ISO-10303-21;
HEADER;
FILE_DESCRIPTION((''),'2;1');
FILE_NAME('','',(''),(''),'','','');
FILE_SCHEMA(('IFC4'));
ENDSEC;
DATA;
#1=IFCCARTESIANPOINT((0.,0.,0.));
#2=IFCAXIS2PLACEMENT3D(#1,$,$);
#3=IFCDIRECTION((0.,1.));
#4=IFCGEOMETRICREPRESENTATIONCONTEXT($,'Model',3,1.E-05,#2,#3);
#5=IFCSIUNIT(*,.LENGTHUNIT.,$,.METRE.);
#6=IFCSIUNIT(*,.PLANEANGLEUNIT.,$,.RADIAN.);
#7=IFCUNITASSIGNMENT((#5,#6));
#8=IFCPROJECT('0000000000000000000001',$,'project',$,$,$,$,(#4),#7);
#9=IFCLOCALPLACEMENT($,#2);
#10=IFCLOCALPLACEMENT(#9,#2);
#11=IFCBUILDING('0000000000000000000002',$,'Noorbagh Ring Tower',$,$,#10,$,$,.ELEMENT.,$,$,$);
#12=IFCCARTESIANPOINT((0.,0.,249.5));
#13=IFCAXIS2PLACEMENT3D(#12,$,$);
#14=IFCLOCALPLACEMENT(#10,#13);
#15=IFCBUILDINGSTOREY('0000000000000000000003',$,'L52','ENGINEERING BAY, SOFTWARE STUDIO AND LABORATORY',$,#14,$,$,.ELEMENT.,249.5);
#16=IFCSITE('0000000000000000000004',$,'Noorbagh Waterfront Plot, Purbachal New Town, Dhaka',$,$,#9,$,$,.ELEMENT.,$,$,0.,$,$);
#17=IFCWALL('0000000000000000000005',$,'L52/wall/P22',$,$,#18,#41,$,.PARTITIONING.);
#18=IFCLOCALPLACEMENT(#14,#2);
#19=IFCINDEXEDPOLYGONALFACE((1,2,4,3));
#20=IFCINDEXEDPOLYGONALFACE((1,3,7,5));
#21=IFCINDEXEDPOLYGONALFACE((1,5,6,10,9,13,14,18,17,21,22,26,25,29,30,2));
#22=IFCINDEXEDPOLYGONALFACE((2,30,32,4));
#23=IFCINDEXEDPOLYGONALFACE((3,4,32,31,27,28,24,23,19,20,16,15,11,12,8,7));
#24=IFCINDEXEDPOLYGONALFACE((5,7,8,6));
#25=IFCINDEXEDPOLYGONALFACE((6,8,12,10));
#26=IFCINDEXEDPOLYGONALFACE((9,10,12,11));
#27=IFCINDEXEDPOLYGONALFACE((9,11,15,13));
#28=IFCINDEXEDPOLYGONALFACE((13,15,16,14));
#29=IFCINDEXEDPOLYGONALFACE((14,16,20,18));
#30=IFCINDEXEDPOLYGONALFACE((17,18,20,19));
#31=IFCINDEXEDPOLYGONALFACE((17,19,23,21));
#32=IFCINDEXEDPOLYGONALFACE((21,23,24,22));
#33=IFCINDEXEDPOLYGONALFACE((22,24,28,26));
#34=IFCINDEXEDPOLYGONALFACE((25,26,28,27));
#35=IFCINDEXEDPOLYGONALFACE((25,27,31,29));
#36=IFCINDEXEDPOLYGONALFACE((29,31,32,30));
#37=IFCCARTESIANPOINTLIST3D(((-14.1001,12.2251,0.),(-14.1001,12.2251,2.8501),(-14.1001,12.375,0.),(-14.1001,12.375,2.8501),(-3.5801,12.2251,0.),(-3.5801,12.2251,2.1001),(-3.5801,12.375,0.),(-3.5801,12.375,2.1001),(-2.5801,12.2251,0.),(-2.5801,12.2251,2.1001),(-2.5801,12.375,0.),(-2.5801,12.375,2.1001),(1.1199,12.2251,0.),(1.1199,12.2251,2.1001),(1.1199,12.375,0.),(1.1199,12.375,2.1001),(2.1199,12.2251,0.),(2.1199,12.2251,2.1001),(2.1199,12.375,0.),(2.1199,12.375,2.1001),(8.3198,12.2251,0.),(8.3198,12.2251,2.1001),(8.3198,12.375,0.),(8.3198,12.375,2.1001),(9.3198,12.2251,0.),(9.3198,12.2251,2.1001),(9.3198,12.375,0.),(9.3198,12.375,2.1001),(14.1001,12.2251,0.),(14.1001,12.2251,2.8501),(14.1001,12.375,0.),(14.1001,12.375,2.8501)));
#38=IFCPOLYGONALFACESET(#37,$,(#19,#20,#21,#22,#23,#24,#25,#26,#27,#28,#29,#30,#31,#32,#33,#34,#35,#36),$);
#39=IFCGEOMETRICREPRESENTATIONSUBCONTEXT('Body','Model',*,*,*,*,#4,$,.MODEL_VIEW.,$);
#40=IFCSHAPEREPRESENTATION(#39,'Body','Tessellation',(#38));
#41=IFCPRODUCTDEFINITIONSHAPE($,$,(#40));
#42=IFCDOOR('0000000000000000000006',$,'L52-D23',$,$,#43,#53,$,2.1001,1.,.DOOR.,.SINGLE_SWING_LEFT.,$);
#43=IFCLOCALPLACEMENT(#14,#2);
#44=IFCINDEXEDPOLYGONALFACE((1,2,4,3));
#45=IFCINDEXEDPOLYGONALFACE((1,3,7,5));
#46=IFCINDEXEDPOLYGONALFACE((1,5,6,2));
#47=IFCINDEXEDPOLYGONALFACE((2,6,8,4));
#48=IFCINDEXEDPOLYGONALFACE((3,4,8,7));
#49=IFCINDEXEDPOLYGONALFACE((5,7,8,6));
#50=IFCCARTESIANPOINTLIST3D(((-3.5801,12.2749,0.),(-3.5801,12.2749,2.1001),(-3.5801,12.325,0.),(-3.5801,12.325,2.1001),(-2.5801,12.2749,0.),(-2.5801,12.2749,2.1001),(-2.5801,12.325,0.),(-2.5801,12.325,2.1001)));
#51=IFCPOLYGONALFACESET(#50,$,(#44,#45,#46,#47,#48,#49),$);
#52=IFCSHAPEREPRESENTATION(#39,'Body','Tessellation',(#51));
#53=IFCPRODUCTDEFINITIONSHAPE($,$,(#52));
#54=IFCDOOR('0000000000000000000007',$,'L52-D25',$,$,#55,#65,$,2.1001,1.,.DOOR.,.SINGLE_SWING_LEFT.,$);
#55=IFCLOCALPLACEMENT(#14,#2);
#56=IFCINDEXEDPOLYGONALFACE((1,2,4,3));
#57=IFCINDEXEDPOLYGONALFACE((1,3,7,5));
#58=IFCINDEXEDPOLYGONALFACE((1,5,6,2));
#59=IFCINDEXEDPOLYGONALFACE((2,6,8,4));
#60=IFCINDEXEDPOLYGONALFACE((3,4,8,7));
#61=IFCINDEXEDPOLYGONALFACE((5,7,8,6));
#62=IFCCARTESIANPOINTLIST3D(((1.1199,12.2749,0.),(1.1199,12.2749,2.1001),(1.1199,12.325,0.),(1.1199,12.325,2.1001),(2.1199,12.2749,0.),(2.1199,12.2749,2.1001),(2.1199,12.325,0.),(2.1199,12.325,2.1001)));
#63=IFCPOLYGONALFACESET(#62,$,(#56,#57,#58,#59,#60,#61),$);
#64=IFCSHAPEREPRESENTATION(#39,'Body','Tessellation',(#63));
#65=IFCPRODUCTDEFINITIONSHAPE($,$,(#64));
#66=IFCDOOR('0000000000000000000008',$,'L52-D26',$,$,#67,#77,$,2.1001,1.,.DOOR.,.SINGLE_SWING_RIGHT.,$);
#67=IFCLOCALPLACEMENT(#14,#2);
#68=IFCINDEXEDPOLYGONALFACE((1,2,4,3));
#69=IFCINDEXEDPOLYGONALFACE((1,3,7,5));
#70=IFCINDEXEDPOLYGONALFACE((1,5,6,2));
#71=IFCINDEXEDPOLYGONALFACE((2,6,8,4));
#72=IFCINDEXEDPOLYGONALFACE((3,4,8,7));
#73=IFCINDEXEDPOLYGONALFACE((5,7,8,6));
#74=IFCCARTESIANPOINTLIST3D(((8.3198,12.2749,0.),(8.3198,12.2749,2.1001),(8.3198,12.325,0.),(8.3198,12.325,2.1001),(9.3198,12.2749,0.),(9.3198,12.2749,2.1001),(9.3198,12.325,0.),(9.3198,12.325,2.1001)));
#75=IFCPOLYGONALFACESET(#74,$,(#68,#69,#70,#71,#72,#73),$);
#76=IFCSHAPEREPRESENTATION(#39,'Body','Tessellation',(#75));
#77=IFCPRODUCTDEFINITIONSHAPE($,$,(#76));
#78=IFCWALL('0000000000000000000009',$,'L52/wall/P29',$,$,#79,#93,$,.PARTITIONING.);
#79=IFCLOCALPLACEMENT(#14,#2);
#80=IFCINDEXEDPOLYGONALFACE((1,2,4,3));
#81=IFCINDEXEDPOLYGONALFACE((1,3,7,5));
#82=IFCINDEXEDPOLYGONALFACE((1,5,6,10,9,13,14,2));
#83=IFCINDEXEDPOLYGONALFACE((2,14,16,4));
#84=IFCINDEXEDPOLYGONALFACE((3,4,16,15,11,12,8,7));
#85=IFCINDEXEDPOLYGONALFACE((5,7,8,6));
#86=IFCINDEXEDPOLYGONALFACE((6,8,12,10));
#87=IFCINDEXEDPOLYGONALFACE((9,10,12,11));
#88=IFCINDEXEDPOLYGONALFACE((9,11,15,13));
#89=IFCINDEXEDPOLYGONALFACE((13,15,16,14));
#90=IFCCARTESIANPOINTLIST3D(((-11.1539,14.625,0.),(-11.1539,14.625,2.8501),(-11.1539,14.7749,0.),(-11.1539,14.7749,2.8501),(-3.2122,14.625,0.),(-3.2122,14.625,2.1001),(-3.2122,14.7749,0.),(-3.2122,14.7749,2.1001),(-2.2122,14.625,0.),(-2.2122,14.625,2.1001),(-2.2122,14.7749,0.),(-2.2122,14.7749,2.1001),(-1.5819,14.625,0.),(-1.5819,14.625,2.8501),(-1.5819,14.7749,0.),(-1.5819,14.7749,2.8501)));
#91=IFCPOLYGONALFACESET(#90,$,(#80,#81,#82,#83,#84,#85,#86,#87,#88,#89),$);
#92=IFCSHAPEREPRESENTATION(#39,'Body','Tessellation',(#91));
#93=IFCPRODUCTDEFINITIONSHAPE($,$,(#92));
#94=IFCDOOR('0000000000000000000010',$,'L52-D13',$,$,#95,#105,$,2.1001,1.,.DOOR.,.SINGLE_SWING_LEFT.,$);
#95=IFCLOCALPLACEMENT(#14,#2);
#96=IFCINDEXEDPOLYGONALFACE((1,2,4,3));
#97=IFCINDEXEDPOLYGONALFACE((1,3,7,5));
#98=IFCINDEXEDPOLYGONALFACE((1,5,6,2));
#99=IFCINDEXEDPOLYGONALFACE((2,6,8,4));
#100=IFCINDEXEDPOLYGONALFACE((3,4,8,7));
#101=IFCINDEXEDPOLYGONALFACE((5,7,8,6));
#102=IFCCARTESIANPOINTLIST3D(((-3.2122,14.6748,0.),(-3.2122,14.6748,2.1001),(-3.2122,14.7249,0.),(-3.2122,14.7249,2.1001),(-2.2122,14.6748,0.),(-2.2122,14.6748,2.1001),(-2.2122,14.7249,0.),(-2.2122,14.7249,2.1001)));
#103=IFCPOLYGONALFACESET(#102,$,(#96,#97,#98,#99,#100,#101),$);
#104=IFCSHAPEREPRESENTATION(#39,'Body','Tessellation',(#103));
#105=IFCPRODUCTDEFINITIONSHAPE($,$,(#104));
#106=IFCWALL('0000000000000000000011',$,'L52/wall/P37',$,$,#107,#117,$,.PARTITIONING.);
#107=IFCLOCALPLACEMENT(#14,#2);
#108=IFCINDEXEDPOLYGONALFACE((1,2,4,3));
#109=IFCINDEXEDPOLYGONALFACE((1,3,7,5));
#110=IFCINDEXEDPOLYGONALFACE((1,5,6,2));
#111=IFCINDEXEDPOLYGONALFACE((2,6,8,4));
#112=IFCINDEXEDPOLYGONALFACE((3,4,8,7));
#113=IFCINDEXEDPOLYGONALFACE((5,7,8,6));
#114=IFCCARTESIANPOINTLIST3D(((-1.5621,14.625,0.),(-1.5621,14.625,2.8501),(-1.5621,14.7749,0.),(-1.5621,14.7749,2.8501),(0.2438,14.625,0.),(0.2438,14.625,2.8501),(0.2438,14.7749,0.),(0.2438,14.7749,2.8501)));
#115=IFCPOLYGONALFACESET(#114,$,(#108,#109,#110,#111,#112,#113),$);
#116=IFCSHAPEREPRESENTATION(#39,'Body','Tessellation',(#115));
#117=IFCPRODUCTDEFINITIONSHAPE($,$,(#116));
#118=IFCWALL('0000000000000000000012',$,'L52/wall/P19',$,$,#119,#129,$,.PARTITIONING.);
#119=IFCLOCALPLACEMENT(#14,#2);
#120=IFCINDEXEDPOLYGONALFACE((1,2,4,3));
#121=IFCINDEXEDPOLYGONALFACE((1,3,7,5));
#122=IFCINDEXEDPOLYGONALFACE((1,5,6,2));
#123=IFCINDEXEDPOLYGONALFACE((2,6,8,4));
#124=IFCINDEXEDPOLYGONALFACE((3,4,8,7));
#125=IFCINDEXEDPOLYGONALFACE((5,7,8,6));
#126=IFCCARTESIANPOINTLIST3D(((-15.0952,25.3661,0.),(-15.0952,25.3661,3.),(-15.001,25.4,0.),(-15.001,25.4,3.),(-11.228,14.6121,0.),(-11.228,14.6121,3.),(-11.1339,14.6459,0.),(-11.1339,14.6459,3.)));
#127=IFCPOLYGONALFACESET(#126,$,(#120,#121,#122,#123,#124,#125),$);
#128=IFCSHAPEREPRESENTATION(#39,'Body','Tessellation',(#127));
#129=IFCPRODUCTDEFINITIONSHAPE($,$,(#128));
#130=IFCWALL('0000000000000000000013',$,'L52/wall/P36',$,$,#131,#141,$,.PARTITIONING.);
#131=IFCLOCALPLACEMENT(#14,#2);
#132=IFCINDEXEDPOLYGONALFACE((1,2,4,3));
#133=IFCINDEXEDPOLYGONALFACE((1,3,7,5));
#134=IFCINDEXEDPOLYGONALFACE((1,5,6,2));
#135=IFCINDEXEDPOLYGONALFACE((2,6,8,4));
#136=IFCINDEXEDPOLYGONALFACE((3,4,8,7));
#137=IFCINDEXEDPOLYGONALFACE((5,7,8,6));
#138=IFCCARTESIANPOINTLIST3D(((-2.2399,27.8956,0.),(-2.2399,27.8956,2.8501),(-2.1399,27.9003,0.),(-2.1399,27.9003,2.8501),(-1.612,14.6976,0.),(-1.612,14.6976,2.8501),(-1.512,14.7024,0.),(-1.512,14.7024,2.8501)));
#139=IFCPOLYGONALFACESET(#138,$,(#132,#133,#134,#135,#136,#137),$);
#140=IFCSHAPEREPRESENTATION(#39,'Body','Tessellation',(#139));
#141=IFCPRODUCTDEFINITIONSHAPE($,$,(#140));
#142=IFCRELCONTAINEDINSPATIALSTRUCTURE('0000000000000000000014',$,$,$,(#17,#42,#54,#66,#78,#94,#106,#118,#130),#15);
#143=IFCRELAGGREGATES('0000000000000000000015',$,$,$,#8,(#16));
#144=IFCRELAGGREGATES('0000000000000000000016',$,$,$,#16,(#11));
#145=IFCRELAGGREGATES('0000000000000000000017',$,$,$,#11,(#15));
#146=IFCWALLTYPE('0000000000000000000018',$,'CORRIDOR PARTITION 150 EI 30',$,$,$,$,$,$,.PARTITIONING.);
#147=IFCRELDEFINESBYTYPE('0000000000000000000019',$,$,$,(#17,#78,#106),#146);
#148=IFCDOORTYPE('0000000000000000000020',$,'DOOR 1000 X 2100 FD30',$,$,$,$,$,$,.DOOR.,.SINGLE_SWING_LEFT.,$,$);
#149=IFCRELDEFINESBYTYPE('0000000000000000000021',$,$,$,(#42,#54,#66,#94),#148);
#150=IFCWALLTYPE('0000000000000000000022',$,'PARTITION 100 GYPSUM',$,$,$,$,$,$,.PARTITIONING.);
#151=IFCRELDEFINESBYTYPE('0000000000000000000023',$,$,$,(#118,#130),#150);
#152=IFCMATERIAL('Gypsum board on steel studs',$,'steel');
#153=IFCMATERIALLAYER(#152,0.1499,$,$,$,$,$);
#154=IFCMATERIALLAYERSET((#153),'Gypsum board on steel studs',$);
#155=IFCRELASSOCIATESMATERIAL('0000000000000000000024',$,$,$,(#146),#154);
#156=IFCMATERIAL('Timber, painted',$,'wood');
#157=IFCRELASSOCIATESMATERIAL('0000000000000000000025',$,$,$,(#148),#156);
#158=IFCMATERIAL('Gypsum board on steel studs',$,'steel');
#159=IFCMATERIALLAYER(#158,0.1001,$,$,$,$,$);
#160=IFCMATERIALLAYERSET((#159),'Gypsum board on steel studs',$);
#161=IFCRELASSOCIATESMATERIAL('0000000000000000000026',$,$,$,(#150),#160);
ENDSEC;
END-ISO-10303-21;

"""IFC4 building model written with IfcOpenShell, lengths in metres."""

from ifc_helpers import new_model, si_unit, direction, frame, frame_2d, origin, place, context, subcontext, project, spatial, rectangle, extrude, material, layer, layer_set, type_object, element, fill, save


model = new_model("IFC4")

# Units and contexts
model_context = context("Model", 3, precision=1e-05, world=origin(), true_north=direction((0.0, 1.0)))
body_context = subcontext(model_context, "Body", "Model", "MODEL_VIEW")
ifc_project = project(units=[si_unit("LENGTHUNIT", "METRE"), si_unit("PLANEANGLEUNIT", "RADIAN")], contexts=[model_context])

# Site, building, storey
site_placement = place(None, origin())
site = spatial("IfcSite", under=ifc_project, at=site_placement, Name="Noorbagh Waterfront Plot, Purbachal New Town, Dhaka", CompositionType="ELEMENT", RefElevation=0.0)
building_placement = place(site_placement, origin())
building = spatial("IfcBuilding", under=site, at=building_placement, Name="Noorbagh Ring Tower", CompositionType="ELEMENT")
storey_placement = place(building_placement, frame((0.0, 0.0, 249.5)))
storey = spatial("IfcBuildingStorey", under=building, at=storey_placement, Name="L52", Description="ENGINEERING BAY, SOFTWARE STUDIO AND LABORATORY", CompositionType="ELEMENT", Elevation=249.5)

# Shared definitions
ifc_material_1 = material(Name="Gypsum board on steel studs", Category="steel")
ifc_layer_1 = layer(ifc_material_1, 0.1499)
ifc_layer_set_1 = layer_set([ifc_layer_1], Name="Gypsum board on steel studs")
wall_type_1 = type_object("IfcWallType", Name="CORRIDOR PARTITION 150 EI 30", PredefinedType="PARTITIONING", material=ifc_layer_set_1)

# Wall, openings, doors
wall_1_placement = place(storey_placement, frame((-14.1001, 12.3, 0.0), z_axis=(0.0, 0.0, 1.0), x_axis=(1.0, 0.0, 0.0)))
wall_1 = element("IfcWall", 1, at=wall_1_placement, inside=storey, type_object=wall_type_1, Name="L52/wall/P22", PredefinedType="PARTITIONING", context=body_context, shape_type="SweptSolid", body=[
    extrude(rectangle(XDim=28.2002, YDim=0.1499, at=frame_2d((14.1001, 0.0))), origin(), (0.0, 0.0, 1.0), 2.8501),
])
opening_1_placement = place(wall_1_placement, frame((10.52, 0.0, 0.0)))
opening_1 = element("IfcOpeningElement", 2, at=opening_1_placement, cuts=wall_1, PredefinedType="OPENING", context=body_context, shape_type="SweptSolid", body=[
    extrude(rectangle(XDim=1.0, YDim=2.1001, at=frame_2d((0.5, 1.05))), frame((0.0, 0.085, 0.0), z_axis=(0.0, -1.0, 0.0), x_axis=(1.0, 0.0, 0.0)), (0.0, 0.0, 1.0), 0.1699),
])
opening_2_placement = place(wall_1_placement, frame((15.22, 0.0, 0.0)))
opening_2 = element("IfcOpeningElement", 3, at=opening_2_placement, cuts=wall_1, PredefinedType="OPENING", context=body_context, shape_type="SweptSolid", body=[
    extrude(rectangle(XDim=1.0, YDim=2.1001, at=frame_2d((0.5, 1.05))), frame((0.0, 0.085, 0.0), z_axis=(0.0, -1.0, 0.0), x_axis=(1.0, 0.0, 0.0)), (0.0, 0.0, 1.0), 0.1699),
])
opening_3_placement = place(wall_1_placement, frame((22.4199, 0.0, 0.0)))
opening_3 = element("IfcOpeningElement", 4, at=opening_3_placement, cuts=wall_1, PredefinedType="OPENING", context=body_context, shape_type="SweptSolid", body=[
    extrude(rectangle(XDim=1.0, YDim=2.1001, at=frame_2d((0.5, 1.05))), frame((0.0, 0.085, 0.0), z_axis=(0.0, -1.0, 0.0), x_axis=(1.0, 0.0, 0.0)), (0.0, 0.0, 1.0), 0.1699),
])
ifc_material_2 = material(Name="Timber, painted", Category="wood")
door_type = type_object("IfcDoorType", Name="DOOR 1000 X 2100 FD30", OperationType="SINGLE_SWING_LEFT", PredefinedType="DOOR", material=ifc_material_2)
door_1_placement = place(opening_1_placement, origin())
door_1 = element("IfcDoor", 5, at=door_1_placement, inside=storey, type_object=door_type, Name="L52-D23", OperationType="SINGLE_SWING_LEFT", OverallHeight=2.1001, OverallWidth=1.0, PredefinedType="DOOR", context=body_context, shape_type="SweptSolid", body=[
    extrude(rectangle(XDim=1.0, YDim=2.1001, at=frame_2d((0.5, 1.05))), frame((0.0, 0.0249, 0.0), z_axis=(0.0, -1.0, 0.0), x_axis=(1.0, 0.0, 0.0)), (0.0, 0.0, 1.0), 0.05),
])
fill(opening_1, door_1)
door_2_placement = place(opening_2_placement, origin())
door_2 = element("IfcDoor", 6, at=door_2_placement, inside=storey, type_object=door_type, Name="L52-D25", OperationType="SINGLE_SWING_LEFT", OverallHeight=2.1001, OverallWidth=1.0, PredefinedType="DOOR", context=body_context, shape_type="SweptSolid", body=[
    extrude(rectangle(XDim=1.0, YDim=2.1001, at=frame_2d((0.5, 1.05))), frame((0.0, 0.0249, 0.0), z_axis=(0.0, -1.0, 0.0), x_axis=(1.0, 0.0, 0.0)), (0.0, 0.0, 1.0), 0.05),
])
fill(opening_2, door_2)
door_3_placement = place(opening_3_placement, origin())
door_3 = element("IfcDoor", 7, at=door_3_placement, inside=storey, type_object=door_type, Name="L52-D26", OperationType="SINGLE_SWING_RIGHT", OverallHeight=2.1001, OverallWidth=1.0, PredefinedType="DOOR", context=body_context, shape_type="SweptSolid", body=[
    extrude(rectangle(XDim=1.0, YDim=2.1001, at=frame_2d((0.5, 1.05))), frame((0.0, 0.0249, 0.0), z_axis=(0.0, -1.0, 0.0), x_axis=(1.0, 0.0, 0.0)), (0.0, 0.0, 1.0), 0.05),
])
fill(opening_3, door_3)

# Wall, opening, door
wall_2_placement = place(storey_placement, frame((-11.1541, 14.7, 0.0), z_axis=(0.0, 0.0, 1.0), x_axis=(1.0, 0.0, 0.0)))
wall_2 = element("IfcWall", 8, at=wall_2_placement, inside=storey, type_object=wall_type_1, Name="L52/wall/P29", PredefinedType="PARTITIONING", context=body_context, shape_type="SweptSolid", body=[
    extrude(rectangle(XDim=9.572, YDim=0.1499, at=frame_2d((4.7861, 0.0))), origin(), (0.0, 0.0, 1.0), 2.8501),
])
opening_4_placement = place(wall_2_placement, frame((7.9419, 0.0, 0.0)))
opening_4 = element("IfcOpeningElement", 9, at=opening_4_placement, cuts=wall_2, PredefinedType="OPENING", context=body_context, shape_type="SweptSolid", body=[
    extrude(rectangle(XDim=1.0, YDim=2.1001, at=frame_2d((0.5, 1.05))), frame((0.0, 0.085, 0.0), z_axis=(0.0, -1.0, 0.0), x_axis=(1.0, 0.0, 0.0)), (0.0, 0.0, 1.0), 0.1699),
])
door_4_placement = place(opening_4_placement, origin())
door_4 = element("IfcDoor", 10, at=door_4_placement, inside=storey, type_object=door_type, Name="L52-D13", OperationType="SINGLE_SWING_LEFT", OverallHeight=2.1001, OverallWidth=1.0, PredefinedType="DOOR", context=body_context, shape_type="SweptSolid", body=[
    extrude(rectangle(XDim=1.0, YDim=2.1001, at=frame_2d((0.5, 1.05))), frame((0.0, 0.0249, 0.0), z_axis=(0.0, -1.0, 0.0), x_axis=(1.0, 0.0, 0.0)), (0.0, 0.0, 1.0), 0.05),
])
fill(opening_4, door_4)

# Walls
wall_3_placement = place(storey_placement, frame((-1.562, 14.7, 0.0), z_axis=(0.0, 0.0, 1.0), x_axis=(1.0, 0.0, 0.0)))
element("IfcWall", 11, at=wall_3_placement, inside=storey, type_object=wall_type_1, Name="L52/wall/P37", PredefinedType="PARTITIONING", context=body_context, shape_type="SweptSolid", body=[
    extrude(rectangle(XDim=1.8059, YDim=0.1499, at=frame_2d((0.9028, 0.0))), origin(), (0.0, 0.0, 1.0), 2.8501),
])
ifc_material_3 = material(Name="Gypsum board on steel studs", Category="steel")
ifc_layer_2 = layer(ifc_material_3, 0.1001)
ifc_layer_set_2 = layer_set([ifc_layer_2], Name="Gypsum board on steel studs")
wall_type_2 = type_object("IfcWallType", Name="PARTITION 100 GYPSUM", PredefinedType="PARTITIONING", material=ifc_layer_set_2)
wall_4_placement = place(storey_placement, frame((-15.0481, 25.3831, 0.0), z_axis=(0.0, 0.0, 1.0), x_axis=(0.338386, -0.941007, 0.0)))
element("IfcWall", 12, at=wall_4_placement, inside=storey, type_object=wall_type_2, Name="L52/wall/P19", PredefinedType="PARTITIONING", context=body_context, shape_type="SweptSolid", body=[
    extrude(rectangle(XDim=11.4282, YDim=0.1001, at=frame_2d((5.7141, 0.0))), origin(), (0.0, 0.0, 1.0), 3.0),
])
wall_5_placement = place(storey_placement, frame((-2.1899, 27.8979, 0.0), z_axis=(0.0, 0.0, 1.0), x_axis=(0.047524, -0.99887, 0.0)))
element("IfcWall", 13, at=wall_5_placement, inside=storey, type_object=wall_type_2, Name="L52/wall/P36", PredefinedType="PARTITIONING", context=body_context, shape_type="SweptSolid", body=[
    extrude(rectangle(XDim=13.2129, YDim=0.1001, at=frame_2d((6.6064, 0.0))), origin(), (0.0, 0.0, 1.0), 2.8501),
])

save(model, "model.ifc")
